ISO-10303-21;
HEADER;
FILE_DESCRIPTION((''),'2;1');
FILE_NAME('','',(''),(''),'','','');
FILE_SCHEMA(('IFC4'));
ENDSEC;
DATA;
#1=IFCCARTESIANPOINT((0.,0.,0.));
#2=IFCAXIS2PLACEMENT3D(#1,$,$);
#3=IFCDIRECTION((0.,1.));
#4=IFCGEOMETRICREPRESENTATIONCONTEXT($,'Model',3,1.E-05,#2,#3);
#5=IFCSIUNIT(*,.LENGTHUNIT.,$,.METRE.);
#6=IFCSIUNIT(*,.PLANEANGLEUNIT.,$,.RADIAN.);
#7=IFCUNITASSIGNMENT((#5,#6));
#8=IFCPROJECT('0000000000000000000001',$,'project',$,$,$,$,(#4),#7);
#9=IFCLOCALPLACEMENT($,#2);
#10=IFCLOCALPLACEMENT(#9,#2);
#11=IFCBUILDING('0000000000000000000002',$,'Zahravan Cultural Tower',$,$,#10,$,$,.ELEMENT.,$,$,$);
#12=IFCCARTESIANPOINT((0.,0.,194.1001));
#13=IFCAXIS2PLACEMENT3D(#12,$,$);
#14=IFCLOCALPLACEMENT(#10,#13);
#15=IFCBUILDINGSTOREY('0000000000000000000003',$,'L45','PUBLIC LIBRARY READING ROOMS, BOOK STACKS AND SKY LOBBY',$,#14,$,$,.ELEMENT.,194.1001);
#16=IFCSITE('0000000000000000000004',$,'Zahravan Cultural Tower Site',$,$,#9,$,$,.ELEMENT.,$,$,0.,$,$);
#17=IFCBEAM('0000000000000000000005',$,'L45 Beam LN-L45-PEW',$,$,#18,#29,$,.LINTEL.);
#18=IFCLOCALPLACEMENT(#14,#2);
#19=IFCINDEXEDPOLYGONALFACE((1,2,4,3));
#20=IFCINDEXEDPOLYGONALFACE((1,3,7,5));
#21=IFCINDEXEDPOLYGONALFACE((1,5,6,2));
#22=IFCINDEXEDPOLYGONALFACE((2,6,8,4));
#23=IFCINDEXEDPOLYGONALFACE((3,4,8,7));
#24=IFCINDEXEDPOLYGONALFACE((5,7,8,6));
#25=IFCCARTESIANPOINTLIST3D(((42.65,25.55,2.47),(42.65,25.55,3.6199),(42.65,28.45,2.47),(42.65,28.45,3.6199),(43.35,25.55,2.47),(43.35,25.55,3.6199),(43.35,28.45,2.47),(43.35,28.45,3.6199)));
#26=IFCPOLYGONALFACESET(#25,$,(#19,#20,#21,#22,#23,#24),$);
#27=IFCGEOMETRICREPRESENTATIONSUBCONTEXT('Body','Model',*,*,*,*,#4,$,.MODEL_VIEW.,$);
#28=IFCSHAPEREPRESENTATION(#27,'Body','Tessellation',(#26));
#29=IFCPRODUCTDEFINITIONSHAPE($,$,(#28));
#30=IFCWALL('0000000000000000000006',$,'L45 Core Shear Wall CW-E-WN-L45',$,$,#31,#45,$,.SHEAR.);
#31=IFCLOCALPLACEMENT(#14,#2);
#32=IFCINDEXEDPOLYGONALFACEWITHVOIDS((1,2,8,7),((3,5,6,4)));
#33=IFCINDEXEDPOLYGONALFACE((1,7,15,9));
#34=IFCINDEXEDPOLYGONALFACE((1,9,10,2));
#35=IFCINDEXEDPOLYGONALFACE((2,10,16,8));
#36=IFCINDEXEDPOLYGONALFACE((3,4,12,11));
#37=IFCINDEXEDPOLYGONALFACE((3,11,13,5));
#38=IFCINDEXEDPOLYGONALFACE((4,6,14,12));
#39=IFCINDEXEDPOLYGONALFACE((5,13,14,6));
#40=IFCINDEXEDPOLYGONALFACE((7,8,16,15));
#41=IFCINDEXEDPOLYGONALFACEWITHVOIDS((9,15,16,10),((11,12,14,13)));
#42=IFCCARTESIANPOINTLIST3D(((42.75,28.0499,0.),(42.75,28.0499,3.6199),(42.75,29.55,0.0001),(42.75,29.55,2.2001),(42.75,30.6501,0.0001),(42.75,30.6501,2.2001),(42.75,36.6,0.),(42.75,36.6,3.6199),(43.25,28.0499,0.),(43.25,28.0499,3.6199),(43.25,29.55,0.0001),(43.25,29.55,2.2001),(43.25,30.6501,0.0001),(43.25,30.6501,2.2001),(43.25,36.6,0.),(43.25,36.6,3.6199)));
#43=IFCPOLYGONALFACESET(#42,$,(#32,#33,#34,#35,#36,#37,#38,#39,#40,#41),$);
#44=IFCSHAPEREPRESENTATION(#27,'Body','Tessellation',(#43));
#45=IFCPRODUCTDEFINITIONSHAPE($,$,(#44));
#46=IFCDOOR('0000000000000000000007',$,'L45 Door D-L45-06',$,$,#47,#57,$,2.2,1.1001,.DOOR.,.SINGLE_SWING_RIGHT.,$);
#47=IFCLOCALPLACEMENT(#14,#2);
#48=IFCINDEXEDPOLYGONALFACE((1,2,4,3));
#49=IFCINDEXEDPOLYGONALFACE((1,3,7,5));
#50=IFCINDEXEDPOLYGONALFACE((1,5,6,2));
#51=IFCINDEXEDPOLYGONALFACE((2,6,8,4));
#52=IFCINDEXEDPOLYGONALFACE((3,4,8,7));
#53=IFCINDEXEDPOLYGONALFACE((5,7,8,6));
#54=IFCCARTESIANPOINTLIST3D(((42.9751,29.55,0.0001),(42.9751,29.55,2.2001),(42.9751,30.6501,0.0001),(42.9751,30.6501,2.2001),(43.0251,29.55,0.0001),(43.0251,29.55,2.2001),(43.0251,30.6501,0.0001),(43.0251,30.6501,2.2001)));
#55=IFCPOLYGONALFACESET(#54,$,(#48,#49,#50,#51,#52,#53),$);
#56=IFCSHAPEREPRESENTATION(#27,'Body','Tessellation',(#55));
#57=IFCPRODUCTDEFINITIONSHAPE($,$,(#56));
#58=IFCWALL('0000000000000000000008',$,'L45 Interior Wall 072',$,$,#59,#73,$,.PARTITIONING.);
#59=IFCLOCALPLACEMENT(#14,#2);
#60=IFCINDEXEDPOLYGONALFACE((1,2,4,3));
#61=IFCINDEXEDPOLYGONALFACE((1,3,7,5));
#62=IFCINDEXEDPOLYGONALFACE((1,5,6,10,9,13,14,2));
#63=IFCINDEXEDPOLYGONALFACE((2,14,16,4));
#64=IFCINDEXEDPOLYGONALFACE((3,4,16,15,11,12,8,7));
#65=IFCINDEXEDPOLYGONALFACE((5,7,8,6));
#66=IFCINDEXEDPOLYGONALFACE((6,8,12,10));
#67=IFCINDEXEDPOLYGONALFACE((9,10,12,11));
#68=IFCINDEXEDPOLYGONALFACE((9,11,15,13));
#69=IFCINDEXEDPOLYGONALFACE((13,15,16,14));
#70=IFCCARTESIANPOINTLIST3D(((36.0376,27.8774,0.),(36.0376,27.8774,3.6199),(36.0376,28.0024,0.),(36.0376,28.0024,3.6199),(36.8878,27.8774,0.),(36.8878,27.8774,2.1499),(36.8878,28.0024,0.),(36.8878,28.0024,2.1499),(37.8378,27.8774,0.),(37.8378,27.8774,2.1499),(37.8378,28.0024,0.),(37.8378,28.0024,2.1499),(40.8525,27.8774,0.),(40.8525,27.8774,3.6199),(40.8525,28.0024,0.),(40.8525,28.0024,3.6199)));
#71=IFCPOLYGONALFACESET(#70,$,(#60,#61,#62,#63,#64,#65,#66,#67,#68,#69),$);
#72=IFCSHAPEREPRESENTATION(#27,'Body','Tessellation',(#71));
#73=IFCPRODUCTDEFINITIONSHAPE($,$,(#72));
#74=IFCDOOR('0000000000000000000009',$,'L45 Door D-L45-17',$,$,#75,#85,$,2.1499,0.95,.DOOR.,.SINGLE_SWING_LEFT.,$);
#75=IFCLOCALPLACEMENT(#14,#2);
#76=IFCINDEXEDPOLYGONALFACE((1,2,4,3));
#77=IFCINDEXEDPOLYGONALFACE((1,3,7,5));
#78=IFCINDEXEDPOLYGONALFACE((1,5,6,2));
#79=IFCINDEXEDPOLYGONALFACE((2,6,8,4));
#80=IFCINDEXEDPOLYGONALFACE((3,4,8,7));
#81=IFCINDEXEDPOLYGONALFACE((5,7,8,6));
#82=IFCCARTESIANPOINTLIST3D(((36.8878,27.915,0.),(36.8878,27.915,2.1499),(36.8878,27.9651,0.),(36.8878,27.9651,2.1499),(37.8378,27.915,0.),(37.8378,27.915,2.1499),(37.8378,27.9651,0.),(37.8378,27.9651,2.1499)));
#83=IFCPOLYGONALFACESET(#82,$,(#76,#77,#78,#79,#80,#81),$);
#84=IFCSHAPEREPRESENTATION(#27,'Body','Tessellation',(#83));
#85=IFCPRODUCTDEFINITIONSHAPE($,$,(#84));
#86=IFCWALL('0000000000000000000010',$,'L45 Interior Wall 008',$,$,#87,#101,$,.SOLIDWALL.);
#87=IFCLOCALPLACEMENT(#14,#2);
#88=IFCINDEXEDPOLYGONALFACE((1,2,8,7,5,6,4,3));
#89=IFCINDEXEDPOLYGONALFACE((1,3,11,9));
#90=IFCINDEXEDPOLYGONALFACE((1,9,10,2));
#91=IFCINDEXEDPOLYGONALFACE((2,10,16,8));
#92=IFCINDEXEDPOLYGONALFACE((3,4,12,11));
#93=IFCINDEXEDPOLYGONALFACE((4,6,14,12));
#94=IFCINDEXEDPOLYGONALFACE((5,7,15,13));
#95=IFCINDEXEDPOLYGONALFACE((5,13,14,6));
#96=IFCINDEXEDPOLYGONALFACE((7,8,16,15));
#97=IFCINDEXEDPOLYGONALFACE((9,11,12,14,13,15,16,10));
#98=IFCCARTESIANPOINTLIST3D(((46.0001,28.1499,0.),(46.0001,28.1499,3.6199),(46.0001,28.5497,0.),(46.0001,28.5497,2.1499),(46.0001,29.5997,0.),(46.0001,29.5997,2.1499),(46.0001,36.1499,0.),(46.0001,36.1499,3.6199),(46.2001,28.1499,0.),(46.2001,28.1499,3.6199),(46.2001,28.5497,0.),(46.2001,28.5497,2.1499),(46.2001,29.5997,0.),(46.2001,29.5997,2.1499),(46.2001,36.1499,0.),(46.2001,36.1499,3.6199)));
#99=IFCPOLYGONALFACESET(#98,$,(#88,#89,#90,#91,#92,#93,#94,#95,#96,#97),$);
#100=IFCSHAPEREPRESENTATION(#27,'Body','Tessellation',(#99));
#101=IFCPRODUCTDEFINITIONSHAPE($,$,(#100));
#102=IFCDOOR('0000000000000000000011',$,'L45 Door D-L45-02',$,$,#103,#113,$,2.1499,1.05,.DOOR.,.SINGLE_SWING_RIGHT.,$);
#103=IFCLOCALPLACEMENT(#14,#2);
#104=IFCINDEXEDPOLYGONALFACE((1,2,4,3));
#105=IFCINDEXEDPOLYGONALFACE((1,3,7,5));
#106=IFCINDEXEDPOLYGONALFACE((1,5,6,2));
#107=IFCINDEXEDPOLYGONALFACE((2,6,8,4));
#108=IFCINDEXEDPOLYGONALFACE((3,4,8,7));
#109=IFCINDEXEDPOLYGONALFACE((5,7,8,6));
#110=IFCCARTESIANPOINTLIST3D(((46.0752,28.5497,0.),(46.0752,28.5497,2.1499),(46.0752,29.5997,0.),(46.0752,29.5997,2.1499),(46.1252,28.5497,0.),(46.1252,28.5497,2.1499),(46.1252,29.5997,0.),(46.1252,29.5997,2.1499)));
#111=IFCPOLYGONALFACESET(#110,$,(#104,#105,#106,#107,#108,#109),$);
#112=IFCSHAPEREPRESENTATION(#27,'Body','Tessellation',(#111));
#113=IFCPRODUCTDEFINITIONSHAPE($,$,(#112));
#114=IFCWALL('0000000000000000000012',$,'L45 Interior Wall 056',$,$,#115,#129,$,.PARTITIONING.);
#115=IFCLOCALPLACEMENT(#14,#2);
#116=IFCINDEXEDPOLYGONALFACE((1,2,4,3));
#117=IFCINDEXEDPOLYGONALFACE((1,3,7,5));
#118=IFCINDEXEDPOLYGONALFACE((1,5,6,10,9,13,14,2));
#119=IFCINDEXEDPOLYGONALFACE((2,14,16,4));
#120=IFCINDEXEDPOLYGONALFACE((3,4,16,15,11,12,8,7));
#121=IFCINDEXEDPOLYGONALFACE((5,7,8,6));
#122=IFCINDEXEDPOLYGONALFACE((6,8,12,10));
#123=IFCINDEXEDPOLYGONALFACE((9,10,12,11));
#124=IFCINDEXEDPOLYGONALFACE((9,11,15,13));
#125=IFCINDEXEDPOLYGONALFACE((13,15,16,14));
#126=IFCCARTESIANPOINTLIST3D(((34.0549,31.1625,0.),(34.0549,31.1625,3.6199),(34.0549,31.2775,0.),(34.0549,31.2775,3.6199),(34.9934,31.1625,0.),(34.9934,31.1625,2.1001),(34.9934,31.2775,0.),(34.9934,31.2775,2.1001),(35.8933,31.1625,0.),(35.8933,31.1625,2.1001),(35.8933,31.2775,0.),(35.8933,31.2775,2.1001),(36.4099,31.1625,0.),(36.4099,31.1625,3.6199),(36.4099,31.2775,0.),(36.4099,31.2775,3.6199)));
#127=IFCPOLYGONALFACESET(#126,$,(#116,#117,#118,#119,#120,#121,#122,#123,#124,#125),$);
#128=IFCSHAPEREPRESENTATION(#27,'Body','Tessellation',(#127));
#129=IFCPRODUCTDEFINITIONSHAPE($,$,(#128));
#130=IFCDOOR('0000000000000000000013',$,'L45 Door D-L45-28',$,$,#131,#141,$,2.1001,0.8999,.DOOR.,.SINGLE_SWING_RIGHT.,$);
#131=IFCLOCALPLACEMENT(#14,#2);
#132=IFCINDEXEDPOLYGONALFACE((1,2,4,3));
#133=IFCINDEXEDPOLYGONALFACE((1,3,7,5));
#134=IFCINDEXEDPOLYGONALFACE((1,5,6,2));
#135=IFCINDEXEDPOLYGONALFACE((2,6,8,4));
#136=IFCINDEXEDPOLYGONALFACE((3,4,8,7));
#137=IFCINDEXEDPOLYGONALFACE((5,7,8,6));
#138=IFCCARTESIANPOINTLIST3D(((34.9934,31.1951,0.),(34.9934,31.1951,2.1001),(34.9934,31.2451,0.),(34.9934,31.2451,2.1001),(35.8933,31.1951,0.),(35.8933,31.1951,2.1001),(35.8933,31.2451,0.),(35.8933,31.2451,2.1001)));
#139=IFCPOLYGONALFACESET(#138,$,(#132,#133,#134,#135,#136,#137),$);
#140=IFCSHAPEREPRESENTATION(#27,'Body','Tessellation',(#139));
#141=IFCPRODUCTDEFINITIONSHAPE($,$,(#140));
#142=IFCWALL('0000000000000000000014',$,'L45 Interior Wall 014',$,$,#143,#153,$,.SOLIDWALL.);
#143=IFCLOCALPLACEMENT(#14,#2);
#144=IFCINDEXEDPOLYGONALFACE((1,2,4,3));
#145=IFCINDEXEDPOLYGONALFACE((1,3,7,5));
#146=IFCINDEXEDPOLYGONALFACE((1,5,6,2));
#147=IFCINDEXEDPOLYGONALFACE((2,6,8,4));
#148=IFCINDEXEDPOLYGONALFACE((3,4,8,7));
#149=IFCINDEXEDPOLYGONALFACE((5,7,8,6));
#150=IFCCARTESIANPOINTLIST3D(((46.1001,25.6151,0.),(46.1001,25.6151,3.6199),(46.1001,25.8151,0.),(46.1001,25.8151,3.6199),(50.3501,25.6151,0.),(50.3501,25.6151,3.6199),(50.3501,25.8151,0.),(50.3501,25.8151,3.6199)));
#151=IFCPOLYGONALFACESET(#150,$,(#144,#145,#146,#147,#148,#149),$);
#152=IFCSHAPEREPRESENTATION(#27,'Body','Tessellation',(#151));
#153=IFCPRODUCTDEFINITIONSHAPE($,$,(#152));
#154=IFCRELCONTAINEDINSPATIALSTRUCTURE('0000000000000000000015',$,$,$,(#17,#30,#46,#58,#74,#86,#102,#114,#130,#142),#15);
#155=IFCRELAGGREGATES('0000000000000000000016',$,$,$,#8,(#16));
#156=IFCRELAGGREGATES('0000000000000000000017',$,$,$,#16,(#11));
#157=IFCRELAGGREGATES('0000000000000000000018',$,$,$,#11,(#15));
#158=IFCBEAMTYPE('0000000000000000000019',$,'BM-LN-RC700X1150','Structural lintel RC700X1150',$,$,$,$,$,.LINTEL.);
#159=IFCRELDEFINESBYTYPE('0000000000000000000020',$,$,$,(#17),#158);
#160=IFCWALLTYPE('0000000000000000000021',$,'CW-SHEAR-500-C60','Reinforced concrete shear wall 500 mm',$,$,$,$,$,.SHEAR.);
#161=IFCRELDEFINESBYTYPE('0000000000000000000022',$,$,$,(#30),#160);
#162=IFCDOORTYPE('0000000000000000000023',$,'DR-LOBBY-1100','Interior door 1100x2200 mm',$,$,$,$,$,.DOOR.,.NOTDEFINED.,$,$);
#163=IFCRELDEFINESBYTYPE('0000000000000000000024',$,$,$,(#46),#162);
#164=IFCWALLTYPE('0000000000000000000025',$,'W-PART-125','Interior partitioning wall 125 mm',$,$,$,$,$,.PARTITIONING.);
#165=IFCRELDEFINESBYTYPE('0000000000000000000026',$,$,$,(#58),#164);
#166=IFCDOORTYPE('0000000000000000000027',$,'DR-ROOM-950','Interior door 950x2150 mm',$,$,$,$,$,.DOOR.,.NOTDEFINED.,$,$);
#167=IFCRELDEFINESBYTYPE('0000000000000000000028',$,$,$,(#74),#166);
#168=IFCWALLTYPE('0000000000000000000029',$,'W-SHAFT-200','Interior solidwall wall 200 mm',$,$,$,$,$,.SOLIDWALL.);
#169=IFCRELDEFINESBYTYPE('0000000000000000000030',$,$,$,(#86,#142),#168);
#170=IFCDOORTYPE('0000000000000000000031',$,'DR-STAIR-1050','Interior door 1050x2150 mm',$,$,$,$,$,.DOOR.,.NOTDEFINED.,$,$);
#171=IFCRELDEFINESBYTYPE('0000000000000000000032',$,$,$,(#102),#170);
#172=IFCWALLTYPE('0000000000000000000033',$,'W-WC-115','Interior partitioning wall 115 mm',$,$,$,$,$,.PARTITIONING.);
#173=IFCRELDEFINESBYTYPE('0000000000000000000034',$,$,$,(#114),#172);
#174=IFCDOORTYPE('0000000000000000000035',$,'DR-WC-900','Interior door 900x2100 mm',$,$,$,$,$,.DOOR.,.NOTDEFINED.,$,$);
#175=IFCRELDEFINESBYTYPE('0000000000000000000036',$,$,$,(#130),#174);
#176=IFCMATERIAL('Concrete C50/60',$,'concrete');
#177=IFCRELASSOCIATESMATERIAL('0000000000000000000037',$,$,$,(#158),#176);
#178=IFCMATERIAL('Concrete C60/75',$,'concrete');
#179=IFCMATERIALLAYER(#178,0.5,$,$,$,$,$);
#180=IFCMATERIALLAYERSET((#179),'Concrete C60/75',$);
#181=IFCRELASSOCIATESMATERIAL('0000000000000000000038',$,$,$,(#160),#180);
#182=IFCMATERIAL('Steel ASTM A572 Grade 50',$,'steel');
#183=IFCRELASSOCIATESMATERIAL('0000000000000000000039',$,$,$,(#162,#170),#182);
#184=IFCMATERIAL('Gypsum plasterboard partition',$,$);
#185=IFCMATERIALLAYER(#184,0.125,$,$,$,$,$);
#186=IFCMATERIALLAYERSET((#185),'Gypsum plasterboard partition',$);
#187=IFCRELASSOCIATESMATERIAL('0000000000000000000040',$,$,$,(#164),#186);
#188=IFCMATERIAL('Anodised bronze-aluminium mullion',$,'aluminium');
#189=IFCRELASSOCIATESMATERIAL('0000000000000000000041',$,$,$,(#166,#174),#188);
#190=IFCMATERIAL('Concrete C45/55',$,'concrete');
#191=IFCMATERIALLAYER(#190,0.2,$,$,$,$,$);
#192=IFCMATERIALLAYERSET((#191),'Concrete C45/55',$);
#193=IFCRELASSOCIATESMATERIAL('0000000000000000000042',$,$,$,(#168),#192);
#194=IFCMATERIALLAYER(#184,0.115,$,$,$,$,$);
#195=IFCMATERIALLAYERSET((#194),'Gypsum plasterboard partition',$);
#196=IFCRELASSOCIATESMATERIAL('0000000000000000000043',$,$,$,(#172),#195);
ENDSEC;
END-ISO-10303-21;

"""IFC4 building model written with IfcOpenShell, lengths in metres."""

from ifc_helpers import new_model, si_unit, direction, frame, frame_2d, origin, origin_2d, place, context, subcontext, project, spatial, rectangle, extrude, source, transform, mapped, material, layer, layer_set, material_profile, profile_set, type_object, element, fill, save


model = new_model("IFC4")

# Units and contexts
model_context = context("Model", 3, precision=1e-05, world=origin(), true_north=direction((0.0, 1.0)))
body_context = subcontext(model_context, "Body", "Model", "MODEL_VIEW")
ifc_project = project(units=[si_unit("LENGTHUNIT", "METRE"), si_unit("PLANEANGLEUNIT", "RADIAN")], contexts=[model_context])

# Site, building, storey
site_placement = place(None, origin())
site = spatial("IfcSite", under=ifc_project, at=site_placement, Name="Zahravan Cultural Tower Site", CompositionType="ELEMENT", RefElevation=0.0)
building_placement = place(site_placement, origin())
building = spatial("IfcBuilding", under=site, at=building_placement, Name="Zahravan Cultural Tower", CompositionType="ELEMENT")
storey_placement = place(building_placement, frame((0.0, 0.0, 194.1001)))
storey = spatial("IfcBuildingStorey", under=building, at=storey_placement, Name="L45", Description="PUBLIC LIBRARY READING ROOMS, BOOK STACKS AND SKY LOBBY", CompositionType="ELEMENT", Elevation=194.1001)

# Beam
ifc_material_1 = material(Name="Concrete C50/60", Category="concrete")
ifc_material_profile = material_profile(ifc_material_1, rectangle(XDim=0.7, YDim=1.1499, at=origin_2d()), Name="RC700X1150")
ifc_profile_set = profile_set([ifc_material_profile], Name="Concrete C50/60")
beam_type = type_object("IfcBeamType", Name="BM-LN-RC700X1150", Description="Structural lintel RC700X1150", PredefinedType="LINTEL", material=ifc_profile_set)
shared_shape_1 = source(origin(), body_context, "Body", "SweptSolid", [
    extrude(rectangle(XDim=0.7, YDim=1.1499, at=origin_2d()), origin(), (0.0, 0.0, 1.0), 2.8999),
])
beam_placement = place(storey_placement, frame((43.0, 25.55, 3.0449), z_axis=(0.0, 1.0, 0.0), x_axis=(-1.0, 0.0, 0.0)))
element("IfcBeam", 1, at=beam_placement, inside=storey, type_object=beam_type, Name="L45 Beam LN-L45-PEW", PredefinedType="LINTEL", context=body_context, shape_type="MappedRepresentation", body=[
    mapped(shared_shape_1, transform((0.0, 0.0, 0.0), x_axis=(1.0, 0.0, 0.0), y_axis=(0.0, 1.0, 0.0), z_axis=(0.0, 0.0, 1.0), scale=1.0)),
])

# Walls, openings, doors
ifc_material_2 = material(Name="Concrete C60/75", Category="concrete")
ifc_layer_1 = layer(ifc_material_2, 0.5)
ifc_layer_set_1 = layer_set([ifc_layer_1], Name="Concrete C60/75")
wall_type_1 = type_object("IfcWallType", Name="CW-SHEAR-500-C60", Description="Reinforced concrete shear wall 500 mm", PredefinedType="SHEAR", material=ifc_layer_set_1)
wall_1_placement = place(storey_placement, frame((43.0, 28.05, 0.0), z_axis=(0.0, 0.0, 1.0), x_axis=(0.0, 1.0, 0.0)))
wall_1 = element("IfcWall", 2, at=wall_1_placement, inside=storey, type_object=wall_type_1, Name="L45 Core Shear Wall CW-E-WN-L45", PredefinedType="SHEAR", context=body_context, shape_type="SweptSolid", body=[
    extrude(rectangle(XDim=8.55, YDim=0.5, at=frame_2d((4.2749, 0.0))), origin(), (0.0, 0.0, 1.0), 3.6199),
])
opening_1_placement = place(wall_1_placement, frame((1.5, 0.0, 0.0)))
opening_1 = element("IfcOpeningElement", 3, at=opening_1_placement, cuts=wall_1, PredefinedType="OPENING", context=body_context, shape_type="SweptSolid", body=[
    extrude(rectangle(XDim=1.1001, YDim=2.2, at=frame_2d((0.55, 1.1001))), frame((0.0, 0.26, 0.0), z_axis=(0.0, -1.0, 0.0), x_axis=(1.0, 0.0, 0.0)), (0.0, 0.0, 1.0), 0.52),
])
ifc_material_3 = material(Name="Steel ASTM A572 Grade 50", Category="steel")
door_type_1 = type_object("IfcDoorType", Name="DR-LOBBY-1100", Description="Interior door 1100x2200 mm", OperationType="NOTDEFINED", PredefinedType="DOOR", material=ifc_material_3)
shared_shape_2 = source(origin(), body_context, "Body", "SweptSolid", [
    extrude(rectangle(XDim=1.1001, YDim=2.2, at=frame_2d((0.55, 1.1001))), frame((0.0, 0.0249, 0.0), z_axis=(0.0, -1.0, 0.0), x_axis=(1.0, 0.0, 0.0)), (0.0, 0.0, 1.0), 0.05),
])
door_1_placement = place(opening_1_placement, origin())
door_1 = element("IfcDoor", 4, at=door_1_placement, inside=storey, type_object=door_type_1, Name="L45 Door D-L45-06", OperationType="SINGLE_SWING_RIGHT", OverallHeight=2.2, OverallWidth=1.1001, PredefinedType="DOOR", context=body_context, shape_type="MappedRepresentation", body=[
    mapped(shared_shape_2, transform((0.0, 0.0, 0.0), x_axis=(1.0, 0.0, 0.0), y_axis=(0.0, 1.0, 0.0), z_axis=(0.0, 0.0, 1.0), scale=1.0)),
])
fill(opening_1, door_1)
ifc_material_4 = material(Name="Gypsum plasterboard partition")
ifc_layer_2 = layer(ifc_material_4, 0.125)
ifc_layer_set_2 = layer_set([ifc_layer_2], Name="Gypsum plasterboard partition")
wall_type_2 = type_object("IfcWallType", Name="W-PART-125", Description="Interior partitioning wall 125 mm", PredefinedType="PARTITIONING", material=ifc_layer_set_2)
wall_2_placement = place(storey_placement, frame((40.8525, 27.9399, 0.0), z_axis=(0.0, 0.0, 1.0), x_axis=(-1.0, 0.0, 0.0)))
wall_2 = element("IfcWall", 5, at=wall_2_placement, inside=storey, type_object=wall_type_2, Name="L45 Interior Wall 072", PredefinedType="PARTITIONING", context=body_context, shape_type="SweptSolid", body=[
    extrude(rectangle(XDim=4.8149, YDim=0.125, at=frame_2d((2.4075, 0.0))), origin(), (0.0, 0.0, 1.0), 3.6199),
])
opening_2_placement = place(wall_2_placement, frame((3.0146, 0.0, 0.0)))
opening_2 = element("IfcOpeningElement", 6, at=opening_2_placement, cuts=wall_2, PredefinedType="OPENING", context=body_context, shape_type="SweptSolid", body=[
    extrude(rectangle(XDim=0.95, YDim=2.1499, at=frame_2d((0.4751, 1.075))), frame((0.0, 0.0725, 0.0), z_axis=(0.0, -1.0, 0.0), x_axis=(1.0, 0.0, 0.0)), (0.0, 0.0, 1.0), 0.145),
])
ifc_material_5 = material(Name="Anodised bronze-aluminium mullion", Category="aluminium")
door_type_2 = type_object("IfcDoorType", Name="DR-ROOM-950", Description="Interior door 950x2150 mm", OperationType="NOTDEFINED", PredefinedType="DOOR", material=ifc_material_5)
shared_shape_3 = source(origin(), body_context, "Body", "SweptSolid", [
    extrude(rectangle(XDim=0.95, YDim=2.1499, at=frame_2d((0.4751, 1.075))), frame((0.0, 0.0249, 0.0), z_axis=(0.0, -1.0, 0.0), x_axis=(1.0, 0.0, 0.0)), (0.0, 0.0, 1.0), 0.05),
])
door_2_placement = place(opening_2_placement, origin())
door_2 = element("IfcDoor", 7, at=door_2_placement, inside=storey, type_object=door_type_2, Name="L45 Door D-L45-17", OperationType="SINGLE_SWING_LEFT", OverallHeight=2.1499, OverallWidth=0.95, PredefinedType="DOOR", context=body_context, shape_type="MappedRepresentation", body=[
    mapped(shared_shape_3, transform((0.0, 0.0, 0.0), x_axis=(1.0, 0.0, 0.0), y_axis=(0.0, 1.0, 0.0), z_axis=(0.0, 0.0, 1.0), scale=1.0)),
])
fill(opening_2, door_2)
ifc_material_6 = material(Name="Concrete C45/55", Category="concrete")
ifc_layer_3 = layer(ifc_material_6, 0.2)
ifc_layer_set_3 = layer_set([ifc_layer_3], Name="Concrete C45/55")
wall_type_3 = type_object("IfcWallType", Name="W-SHAFT-200", Description="Interior solidwall wall 200 mm", PredefinedType="SOLIDWALL", material=ifc_layer_set_3)
wall_3_placement = place(storey_placement, frame((46.1001, 28.1499, 0.0), z_axis=(0.0, 0.0, 1.0), x_axis=(0.0, 1.0, 0.0)))
wall_3 = element("IfcWall", 8, at=wall_3_placement, inside=storey, type_object=wall_type_3, Name="L45 Interior Wall 008", PredefinedType="SOLIDWALL", context=body_context, shape_type="SweptSolid", body=[
    extrude(rectangle(XDim=8.0, YDim=0.2, at=frame_2d((4.0, 0.0))), origin(), (0.0, 0.0, 1.0), 3.6199),
])
opening_3_placement = place(wall_3_placement, frame((0.3999, 0.0, 0.0)))
opening_3 = element("IfcOpeningElement", 9, at=opening_3_placement, cuts=wall_3, PredefinedType="OPENING", context=body_context, shape_type="SweptSolid", body=[
    extrude(rectangle(XDim=1.05, YDim=2.1499, at=frame_2d((0.5249, 1.075))), frame((0.0, 0.1099, 0.0), z_axis=(0.0, -1.0, 0.0), x_axis=(1.0, 0.0, 0.0)), (0.0, 0.0, 1.0), 0.22),
])
door_type_3 = type_object("IfcDoorType", Name="DR-STAIR-1050", Description="Interior door 1050x2150 mm", OperationType="NOTDEFINED", PredefinedType="DOOR", material=ifc_material_3)
shared_shape_4 = source(origin(), body_context, "Body", "SweptSolid", [
    extrude(rectangle(XDim=1.05, YDim=2.1499, at=frame_2d((0.5249, 1.075))), frame((0.0, 0.0249, 0.0), z_axis=(0.0, -1.0, 0.0), x_axis=(1.0, 0.0, 0.0)), (0.0, 0.0, 1.0), 0.05),
])
door_3_placement = place(opening_3_placement, origin())
door_3 = element("IfcDoor", 10, at=door_3_placement, inside=storey, type_object=door_type_3, Name="L45 Door D-L45-02", OperationType="SINGLE_SWING_RIGHT", OverallHeight=2.1499, OverallWidth=1.05, PredefinedType="DOOR", context=body_context, shape_type="MappedRepresentation", body=[
    mapped(shared_shape_4, transform((0.0, 0.0, 0.0), x_axis=(1.0, 0.0, 0.0), y_axis=(0.0, 1.0, 0.0), z_axis=(0.0, 0.0, 1.0), scale=1.0)),
])
fill(opening_3, door_3)
ifc_layer_4 = layer(ifc_material_4, 0.115)
ifc_layer_set_4 = layer_set([ifc_layer_4], Name="Gypsum plasterboard partition")
wall_type_4 = type_object("IfcWallType", Name="W-WC-115", Description="Interior partitioning wall 115 mm", PredefinedType="PARTITIONING", material=ifc_layer_set_4)
wall_4_placement = place(storey_placement, frame((36.4099, 31.22, 0.0), z_axis=(0.0, 0.0, 1.0), x_axis=(-1.0, 0.0, 0.0)))
wall_4 = element("IfcWall", 11, at=wall_4_placement, inside=storey, type_object=wall_type_4, Name="L45 Interior Wall 056", PredefinedType="PARTITIONING", context=body_context, shape_type="SweptSolid", body=[
    extrude(rectangle(XDim=2.355, YDim=0.115, at=frame_2d((1.1775, 0.0))), origin(), (0.0, 0.0, 1.0), 3.6199),
])
opening_4_placement = place(wall_4_placement, frame((0.5166, 0.0, 0.0)))
opening_4 = element("IfcOpeningElement", 12, at=opening_4_placement, cuts=wall_4, PredefinedType="OPENING", context=body_context, shape_type="SweptSolid", body=[
    extrude(rectangle(XDim=0.8999, YDim=2.1001, at=frame_2d((0.45, 1.05))), frame((0.0, 0.0674, 0.0), z_axis=(0.0, -1.0, 0.0), x_axis=(1.0, 0.0, 0.0)), (0.0, 0.0, 1.0), 0.135),
])
door_type_4 = type_object("IfcDoorType", Name="DR-WC-900", Description="Interior door 900x2100 mm", OperationType="NOTDEFINED", PredefinedType="DOOR", material=ifc_material_5)
shared_shape_5 = source(origin(), body_context, "Body", "SweptSolid", [
    extrude(rectangle(XDim=0.8999, YDim=2.1001, at=frame_2d((0.45, 1.05))), frame((0.0, 0.0249, 0.0), z_axis=(0.0, -1.0, 0.0), x_axis=(1.0, 0.0, 0.0)), (0.0, 0.0, 1.0), 0.05),
])
door_4_placement = place(opening_4_placement, origin())
door_4 = element("IfcDoor", 13, at=door_4_placement, inside=storey, type_object=door_type_4, Name="L45 Door D-L45-28", OperationType="SINGLE_SWING_RIGHT", OverallHeight=2.1001, OverallWidth=0.8999, PredefinedType="DOOR", context=body_context, shape_type="MappedRepresentation", body=[
    mapped(shared_shape_5, transform((0.0, 0.0, 0.0), x_axis=(1.0, 0.0, 0.0), y_axis=(0.0, 1.0, 0.0), z_axis=(0.0, 0.0, 1.0), scale=1.0)),
])
fill(opening_4, door_4)

# Wall
shared_shape_6 = source(origin(), body_context, "Body", "SweptSolid", [
    extrude(rectangle(XDim=4.25, YDim=0.2, at=frame_2d((2.125, 0.0))), origin(), (0.0, 0.0, 1.0), 3.6199),
])
for number, where, z_axis, x_axis, name in (
    (14, (46.1001, 25.7151, 0.0), (0.0, 0.0, 1.0), (1.0, 0.0, 0.0), "L45 Interior Wall 014"),
):
    element("IfcWall", number, at=place(storey_placement, frame(where, z_axis=z_axis, x_axis=x_axis)), inside=storey, type_object=wall_type_3, Name=name, PredefinedType="SOLIDWALL", context=body_context, shape_type="MappedRepresentation", body=[
        mapped(shared_shape_6, transform((0.0, 0.0, 0.0), x_axis=(1.0, 0.0, 0.0), y_axis=(0.0, 1.0, 0.0), z_axis=(0.0, 0.0, 1.0), scale=1.0)),
    ])

save(model, "model.ifc")
